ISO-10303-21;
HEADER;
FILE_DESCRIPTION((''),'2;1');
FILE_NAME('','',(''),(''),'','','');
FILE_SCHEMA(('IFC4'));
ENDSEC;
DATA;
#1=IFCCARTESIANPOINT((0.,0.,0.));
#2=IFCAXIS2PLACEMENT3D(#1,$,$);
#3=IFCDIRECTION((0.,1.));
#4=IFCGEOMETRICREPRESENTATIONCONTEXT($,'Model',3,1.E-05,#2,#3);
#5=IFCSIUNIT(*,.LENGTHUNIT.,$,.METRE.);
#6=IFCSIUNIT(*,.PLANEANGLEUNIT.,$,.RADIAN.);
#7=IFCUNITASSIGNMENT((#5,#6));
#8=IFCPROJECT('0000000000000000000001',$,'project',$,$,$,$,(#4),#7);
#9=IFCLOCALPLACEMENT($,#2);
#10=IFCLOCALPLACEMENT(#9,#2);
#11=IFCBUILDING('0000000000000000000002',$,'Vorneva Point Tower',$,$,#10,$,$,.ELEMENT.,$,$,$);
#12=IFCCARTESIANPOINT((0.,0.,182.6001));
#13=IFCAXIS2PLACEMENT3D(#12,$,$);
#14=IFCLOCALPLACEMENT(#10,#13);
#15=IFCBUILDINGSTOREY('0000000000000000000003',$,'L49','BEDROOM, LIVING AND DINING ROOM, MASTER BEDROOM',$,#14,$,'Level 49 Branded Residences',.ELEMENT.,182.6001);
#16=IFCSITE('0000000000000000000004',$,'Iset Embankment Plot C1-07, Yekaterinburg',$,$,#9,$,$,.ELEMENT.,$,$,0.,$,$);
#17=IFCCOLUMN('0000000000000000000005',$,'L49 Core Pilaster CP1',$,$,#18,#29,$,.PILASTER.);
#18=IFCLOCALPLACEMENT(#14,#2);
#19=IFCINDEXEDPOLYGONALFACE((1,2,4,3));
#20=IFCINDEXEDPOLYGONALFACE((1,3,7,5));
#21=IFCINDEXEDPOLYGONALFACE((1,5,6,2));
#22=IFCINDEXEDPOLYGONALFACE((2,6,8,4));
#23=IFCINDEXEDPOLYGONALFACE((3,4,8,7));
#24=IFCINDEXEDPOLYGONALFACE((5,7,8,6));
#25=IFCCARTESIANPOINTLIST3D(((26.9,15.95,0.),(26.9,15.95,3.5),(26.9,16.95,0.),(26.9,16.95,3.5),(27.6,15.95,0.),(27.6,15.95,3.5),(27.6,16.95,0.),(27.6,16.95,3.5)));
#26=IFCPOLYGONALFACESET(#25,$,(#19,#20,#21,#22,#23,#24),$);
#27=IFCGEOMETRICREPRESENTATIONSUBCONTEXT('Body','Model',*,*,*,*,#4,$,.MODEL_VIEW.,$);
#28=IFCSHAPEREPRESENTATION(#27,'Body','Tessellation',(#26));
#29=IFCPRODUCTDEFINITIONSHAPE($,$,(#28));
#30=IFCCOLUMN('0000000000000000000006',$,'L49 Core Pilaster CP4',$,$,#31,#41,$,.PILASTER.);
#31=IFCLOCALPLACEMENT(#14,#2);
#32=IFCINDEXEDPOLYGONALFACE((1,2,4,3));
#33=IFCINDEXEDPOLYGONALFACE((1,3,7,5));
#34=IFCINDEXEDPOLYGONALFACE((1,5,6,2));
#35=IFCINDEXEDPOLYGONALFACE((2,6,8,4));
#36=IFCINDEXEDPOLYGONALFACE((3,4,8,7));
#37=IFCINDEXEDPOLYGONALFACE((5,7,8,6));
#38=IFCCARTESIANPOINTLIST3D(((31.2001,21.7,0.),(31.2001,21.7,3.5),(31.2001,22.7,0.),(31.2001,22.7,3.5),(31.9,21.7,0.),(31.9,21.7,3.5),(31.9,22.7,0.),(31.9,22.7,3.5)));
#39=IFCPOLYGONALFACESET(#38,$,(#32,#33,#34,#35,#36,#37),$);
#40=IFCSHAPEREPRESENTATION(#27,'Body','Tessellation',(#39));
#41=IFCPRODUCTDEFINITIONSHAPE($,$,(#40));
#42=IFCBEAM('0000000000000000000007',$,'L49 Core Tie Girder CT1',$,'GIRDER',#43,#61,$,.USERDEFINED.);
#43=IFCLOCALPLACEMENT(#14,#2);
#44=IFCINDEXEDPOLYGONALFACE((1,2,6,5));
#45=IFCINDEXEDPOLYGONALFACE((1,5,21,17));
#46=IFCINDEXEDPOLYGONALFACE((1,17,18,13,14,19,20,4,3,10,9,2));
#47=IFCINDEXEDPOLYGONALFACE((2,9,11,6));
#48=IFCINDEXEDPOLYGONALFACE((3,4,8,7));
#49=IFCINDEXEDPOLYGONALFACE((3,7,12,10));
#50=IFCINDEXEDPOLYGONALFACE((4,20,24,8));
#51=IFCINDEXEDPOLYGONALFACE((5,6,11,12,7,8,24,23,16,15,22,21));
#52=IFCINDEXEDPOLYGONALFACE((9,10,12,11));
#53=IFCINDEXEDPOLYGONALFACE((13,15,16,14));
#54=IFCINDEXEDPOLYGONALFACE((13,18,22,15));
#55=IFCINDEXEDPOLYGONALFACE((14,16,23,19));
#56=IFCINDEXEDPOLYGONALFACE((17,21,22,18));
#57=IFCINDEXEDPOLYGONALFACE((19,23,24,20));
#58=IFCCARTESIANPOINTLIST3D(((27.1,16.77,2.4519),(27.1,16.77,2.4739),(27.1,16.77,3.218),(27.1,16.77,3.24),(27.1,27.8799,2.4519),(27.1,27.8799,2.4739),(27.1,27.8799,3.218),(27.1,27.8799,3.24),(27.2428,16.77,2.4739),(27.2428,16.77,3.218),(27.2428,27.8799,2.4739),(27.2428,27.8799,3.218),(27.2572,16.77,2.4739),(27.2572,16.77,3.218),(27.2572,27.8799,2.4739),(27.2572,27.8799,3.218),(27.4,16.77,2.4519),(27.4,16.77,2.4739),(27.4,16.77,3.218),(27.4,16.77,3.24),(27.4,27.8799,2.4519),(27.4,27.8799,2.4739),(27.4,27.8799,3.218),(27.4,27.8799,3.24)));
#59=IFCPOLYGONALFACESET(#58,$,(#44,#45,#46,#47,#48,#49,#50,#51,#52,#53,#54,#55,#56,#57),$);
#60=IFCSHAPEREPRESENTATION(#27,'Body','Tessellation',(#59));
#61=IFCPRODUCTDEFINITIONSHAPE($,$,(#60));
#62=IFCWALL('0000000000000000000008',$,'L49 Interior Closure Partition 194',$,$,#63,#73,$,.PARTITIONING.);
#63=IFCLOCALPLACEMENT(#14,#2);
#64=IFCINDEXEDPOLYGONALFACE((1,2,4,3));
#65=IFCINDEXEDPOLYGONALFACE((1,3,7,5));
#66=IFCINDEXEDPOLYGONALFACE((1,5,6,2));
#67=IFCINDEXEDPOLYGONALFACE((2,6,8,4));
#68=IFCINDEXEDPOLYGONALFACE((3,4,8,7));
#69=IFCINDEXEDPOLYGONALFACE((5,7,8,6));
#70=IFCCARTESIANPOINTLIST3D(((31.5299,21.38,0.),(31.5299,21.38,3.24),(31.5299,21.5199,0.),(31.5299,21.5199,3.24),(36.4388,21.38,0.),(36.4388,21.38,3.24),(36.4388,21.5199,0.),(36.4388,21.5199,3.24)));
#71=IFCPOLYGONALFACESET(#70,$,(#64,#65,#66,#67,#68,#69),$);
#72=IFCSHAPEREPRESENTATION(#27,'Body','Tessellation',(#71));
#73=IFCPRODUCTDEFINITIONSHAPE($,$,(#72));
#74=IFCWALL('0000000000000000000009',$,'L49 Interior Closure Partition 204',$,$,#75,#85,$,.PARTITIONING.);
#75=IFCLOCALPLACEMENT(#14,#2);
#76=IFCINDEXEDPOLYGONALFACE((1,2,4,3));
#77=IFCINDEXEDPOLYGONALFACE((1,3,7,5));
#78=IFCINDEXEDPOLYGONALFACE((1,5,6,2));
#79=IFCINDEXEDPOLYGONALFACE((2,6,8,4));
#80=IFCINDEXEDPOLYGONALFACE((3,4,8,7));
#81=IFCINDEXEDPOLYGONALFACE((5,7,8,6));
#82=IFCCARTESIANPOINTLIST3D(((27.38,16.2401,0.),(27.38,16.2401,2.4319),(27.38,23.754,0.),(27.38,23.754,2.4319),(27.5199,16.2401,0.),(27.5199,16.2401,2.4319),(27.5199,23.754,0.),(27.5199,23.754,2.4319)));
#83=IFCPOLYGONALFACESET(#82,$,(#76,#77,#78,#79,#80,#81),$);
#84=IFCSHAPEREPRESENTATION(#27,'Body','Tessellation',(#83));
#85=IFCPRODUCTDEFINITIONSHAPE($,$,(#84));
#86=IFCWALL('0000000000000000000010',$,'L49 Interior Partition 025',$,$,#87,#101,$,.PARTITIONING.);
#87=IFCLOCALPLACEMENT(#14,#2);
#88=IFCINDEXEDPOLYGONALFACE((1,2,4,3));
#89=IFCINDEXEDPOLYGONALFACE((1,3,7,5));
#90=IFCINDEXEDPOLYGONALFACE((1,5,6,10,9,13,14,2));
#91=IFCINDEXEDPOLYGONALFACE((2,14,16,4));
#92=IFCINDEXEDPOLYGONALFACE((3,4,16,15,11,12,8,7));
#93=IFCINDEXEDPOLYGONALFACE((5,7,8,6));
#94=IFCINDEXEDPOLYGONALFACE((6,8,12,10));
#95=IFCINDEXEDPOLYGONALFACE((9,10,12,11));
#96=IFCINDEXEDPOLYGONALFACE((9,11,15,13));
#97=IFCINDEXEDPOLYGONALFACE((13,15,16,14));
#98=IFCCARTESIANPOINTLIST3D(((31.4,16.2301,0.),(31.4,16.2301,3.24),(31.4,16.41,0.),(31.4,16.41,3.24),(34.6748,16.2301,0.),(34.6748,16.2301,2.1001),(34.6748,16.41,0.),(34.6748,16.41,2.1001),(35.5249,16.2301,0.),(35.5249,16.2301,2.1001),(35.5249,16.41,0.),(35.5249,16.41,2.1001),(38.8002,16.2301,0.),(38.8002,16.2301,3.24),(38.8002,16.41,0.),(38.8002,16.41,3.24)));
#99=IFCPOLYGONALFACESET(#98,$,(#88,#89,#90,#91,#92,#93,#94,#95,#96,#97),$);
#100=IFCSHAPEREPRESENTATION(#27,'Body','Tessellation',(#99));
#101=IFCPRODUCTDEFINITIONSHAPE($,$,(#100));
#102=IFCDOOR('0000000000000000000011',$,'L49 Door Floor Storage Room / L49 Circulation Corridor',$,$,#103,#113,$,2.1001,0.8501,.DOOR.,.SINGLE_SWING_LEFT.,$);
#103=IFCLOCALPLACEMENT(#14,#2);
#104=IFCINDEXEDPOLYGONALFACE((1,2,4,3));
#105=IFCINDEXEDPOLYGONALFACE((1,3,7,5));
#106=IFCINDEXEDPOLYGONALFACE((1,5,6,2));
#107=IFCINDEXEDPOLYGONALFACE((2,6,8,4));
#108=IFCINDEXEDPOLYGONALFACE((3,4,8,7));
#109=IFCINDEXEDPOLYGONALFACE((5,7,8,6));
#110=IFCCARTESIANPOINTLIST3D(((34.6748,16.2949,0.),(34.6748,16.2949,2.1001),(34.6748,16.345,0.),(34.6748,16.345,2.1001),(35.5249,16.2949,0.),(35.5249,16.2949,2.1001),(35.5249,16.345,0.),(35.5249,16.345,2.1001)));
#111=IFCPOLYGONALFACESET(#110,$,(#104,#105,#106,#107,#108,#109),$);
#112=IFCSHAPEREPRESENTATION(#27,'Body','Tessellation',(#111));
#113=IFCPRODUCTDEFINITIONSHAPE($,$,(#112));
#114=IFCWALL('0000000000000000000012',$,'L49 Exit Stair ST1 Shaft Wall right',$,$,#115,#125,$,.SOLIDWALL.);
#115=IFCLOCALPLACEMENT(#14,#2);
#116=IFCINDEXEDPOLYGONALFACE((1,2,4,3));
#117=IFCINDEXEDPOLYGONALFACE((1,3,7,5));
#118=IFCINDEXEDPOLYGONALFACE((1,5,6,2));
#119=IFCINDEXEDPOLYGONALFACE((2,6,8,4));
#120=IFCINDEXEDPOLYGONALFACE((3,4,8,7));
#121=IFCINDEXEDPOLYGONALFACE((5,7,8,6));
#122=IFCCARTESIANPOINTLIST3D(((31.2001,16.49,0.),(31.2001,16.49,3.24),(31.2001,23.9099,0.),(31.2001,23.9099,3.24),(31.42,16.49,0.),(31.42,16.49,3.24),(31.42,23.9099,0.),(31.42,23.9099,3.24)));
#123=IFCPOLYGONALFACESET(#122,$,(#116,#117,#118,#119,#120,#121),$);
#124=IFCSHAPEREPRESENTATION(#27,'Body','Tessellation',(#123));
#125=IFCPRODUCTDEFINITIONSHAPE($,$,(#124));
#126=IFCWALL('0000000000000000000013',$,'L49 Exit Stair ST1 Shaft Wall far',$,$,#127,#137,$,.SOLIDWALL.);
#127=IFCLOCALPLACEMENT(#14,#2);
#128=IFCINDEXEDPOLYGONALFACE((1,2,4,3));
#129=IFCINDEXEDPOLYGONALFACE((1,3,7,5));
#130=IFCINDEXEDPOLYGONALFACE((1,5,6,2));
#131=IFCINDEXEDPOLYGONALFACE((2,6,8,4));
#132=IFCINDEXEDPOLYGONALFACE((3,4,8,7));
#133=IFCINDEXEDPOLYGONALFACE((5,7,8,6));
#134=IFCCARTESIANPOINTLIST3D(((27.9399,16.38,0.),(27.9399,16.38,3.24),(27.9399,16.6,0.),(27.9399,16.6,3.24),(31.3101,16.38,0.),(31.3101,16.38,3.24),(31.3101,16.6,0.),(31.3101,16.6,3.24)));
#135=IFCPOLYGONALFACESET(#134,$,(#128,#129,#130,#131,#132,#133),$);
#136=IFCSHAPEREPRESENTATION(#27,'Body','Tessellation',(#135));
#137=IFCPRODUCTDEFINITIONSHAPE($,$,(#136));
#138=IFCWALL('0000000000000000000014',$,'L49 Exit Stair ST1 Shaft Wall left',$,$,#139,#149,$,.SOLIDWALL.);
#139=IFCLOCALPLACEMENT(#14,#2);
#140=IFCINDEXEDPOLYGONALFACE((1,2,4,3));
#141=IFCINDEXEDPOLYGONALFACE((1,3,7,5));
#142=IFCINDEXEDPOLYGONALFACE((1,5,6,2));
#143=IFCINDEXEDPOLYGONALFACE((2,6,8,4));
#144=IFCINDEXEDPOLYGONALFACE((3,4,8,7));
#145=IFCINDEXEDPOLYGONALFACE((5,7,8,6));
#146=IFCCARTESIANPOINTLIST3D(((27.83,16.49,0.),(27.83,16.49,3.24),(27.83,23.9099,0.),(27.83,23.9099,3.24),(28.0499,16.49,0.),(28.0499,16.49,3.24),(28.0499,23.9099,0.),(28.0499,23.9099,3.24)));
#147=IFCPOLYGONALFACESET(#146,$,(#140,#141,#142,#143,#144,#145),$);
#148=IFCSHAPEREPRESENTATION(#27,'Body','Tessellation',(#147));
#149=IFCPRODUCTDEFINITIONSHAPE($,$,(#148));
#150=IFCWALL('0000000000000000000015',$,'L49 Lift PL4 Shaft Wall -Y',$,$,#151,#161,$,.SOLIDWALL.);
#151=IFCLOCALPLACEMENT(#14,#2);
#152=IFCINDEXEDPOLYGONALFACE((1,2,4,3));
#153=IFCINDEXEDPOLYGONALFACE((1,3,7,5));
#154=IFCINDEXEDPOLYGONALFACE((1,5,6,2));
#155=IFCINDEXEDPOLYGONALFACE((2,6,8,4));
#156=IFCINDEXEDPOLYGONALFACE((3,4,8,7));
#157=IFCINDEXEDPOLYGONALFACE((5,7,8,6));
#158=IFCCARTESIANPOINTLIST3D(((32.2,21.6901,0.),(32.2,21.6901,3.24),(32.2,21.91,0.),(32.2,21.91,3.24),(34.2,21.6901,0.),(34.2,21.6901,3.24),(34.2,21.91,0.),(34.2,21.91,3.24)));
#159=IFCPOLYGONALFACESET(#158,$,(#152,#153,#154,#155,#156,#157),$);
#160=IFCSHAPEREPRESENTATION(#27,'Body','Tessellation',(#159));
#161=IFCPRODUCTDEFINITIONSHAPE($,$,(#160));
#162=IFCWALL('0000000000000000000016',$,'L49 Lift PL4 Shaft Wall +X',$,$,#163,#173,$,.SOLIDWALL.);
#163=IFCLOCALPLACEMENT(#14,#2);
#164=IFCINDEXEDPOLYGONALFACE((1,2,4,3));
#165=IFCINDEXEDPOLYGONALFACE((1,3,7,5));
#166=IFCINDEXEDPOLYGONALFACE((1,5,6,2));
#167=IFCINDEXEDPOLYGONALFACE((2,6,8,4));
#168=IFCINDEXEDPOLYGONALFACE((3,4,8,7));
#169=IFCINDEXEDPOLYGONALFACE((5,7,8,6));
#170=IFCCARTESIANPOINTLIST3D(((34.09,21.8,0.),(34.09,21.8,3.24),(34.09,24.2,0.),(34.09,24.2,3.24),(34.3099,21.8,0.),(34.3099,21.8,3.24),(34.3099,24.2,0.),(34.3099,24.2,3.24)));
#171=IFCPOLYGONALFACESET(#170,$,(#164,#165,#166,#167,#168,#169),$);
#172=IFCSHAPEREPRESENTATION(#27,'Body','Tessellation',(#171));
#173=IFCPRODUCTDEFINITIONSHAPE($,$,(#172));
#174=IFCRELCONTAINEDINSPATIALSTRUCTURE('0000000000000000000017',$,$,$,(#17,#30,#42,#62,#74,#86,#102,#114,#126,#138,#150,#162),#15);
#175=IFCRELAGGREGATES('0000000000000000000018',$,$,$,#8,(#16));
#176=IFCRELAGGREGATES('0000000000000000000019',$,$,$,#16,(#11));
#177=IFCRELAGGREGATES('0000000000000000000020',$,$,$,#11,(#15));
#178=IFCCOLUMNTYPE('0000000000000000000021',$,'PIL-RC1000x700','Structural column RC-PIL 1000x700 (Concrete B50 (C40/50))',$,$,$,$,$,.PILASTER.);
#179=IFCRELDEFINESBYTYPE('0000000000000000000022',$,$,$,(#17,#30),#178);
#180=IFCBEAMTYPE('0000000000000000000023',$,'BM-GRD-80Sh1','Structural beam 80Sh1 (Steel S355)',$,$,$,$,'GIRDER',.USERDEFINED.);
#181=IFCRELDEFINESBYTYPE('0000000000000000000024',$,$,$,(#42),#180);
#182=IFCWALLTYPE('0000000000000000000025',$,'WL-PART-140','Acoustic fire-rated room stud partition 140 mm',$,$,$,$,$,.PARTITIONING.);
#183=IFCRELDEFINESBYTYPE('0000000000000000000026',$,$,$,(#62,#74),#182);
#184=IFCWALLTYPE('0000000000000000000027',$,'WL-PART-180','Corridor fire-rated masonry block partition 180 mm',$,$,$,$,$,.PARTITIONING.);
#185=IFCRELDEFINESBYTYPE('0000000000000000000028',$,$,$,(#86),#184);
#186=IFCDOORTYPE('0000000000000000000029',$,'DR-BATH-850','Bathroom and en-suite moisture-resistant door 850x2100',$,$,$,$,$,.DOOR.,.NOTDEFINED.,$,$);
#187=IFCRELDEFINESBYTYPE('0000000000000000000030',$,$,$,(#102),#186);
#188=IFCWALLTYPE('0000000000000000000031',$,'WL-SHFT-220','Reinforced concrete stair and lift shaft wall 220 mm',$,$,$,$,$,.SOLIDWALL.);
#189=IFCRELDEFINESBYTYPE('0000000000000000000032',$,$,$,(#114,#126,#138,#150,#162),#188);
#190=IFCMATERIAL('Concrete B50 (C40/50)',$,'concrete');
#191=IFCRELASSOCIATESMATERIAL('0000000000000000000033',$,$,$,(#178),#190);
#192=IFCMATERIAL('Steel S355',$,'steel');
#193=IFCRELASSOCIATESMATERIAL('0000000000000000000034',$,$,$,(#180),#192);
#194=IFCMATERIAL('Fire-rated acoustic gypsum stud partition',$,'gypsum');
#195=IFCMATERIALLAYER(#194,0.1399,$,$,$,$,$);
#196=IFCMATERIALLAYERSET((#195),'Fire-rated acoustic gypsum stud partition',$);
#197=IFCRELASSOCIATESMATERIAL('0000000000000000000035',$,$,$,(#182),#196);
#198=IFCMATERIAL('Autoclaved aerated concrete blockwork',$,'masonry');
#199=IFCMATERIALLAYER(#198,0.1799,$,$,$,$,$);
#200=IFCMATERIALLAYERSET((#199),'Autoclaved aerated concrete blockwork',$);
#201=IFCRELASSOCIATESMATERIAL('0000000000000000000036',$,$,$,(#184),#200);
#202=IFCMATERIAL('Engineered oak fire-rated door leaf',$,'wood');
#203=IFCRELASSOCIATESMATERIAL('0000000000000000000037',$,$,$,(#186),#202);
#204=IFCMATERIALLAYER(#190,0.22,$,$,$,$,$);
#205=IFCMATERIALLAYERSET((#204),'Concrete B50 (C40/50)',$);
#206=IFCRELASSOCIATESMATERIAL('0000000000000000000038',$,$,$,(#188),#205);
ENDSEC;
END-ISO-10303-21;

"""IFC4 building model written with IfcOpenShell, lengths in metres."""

from ifc_helpers import new_model, si_unit, direction, frame, frame_2d, origin, origin_2d, place, context, subcontext, project, spatial, rectangle, i_section, extrude, material, layer, layer_set, material_profile, profile_set, type_object, element, fill, save


model = new_model("IFC4")

# Units and contexts
model_context = context("Model", 3, precision=1e-05, world=origin(), true_north=direction((0.0, 1.0)))
body_context = subcontext(model_context, "Body", "Model", "MODEL_VIEW")
ifc_project = project(units=[si_unit("LENGTHUNIT", "METRE"), si_unit("PLANEANGLEUNIT", "RADIAN")], contexts=[model_context])

# Site, building, storey
site_placement = place(None, origin())
site = spatial("IfcSite", under=ifc_project, at=site_placement, Name="Iset Embankment Plot C1-07, Yekaterinburg", CompositionType="ELEMENT", RefElevation=0.0)
building_placement = place(site_placement, origin())
building = spatial("IfcBuilding", under=site, at=building_placement, Name="Vorneva Point Tower", CompositionType="ELEMENT")
storey_placement = place(building_placement, frame((0.0, 0.0, 182.6001)))
storey = spatial("IfcBuildingStorey", under=building, at=storey_placement, Name="L49", Description="BEDROOM, LIVING AND DINING ROOM, MASTER BEDROOM", LongName="Level 49 Branded Residences", CompositionType="ELEMENT", Elevation=182.6001)

# Columns
ifc_material_1 = material(Name="Concrete B50 (C40/50)", Category="concrete")
ifc_material_profile_1 = material_profile(ifc_material_1, rectangle(XDim=0.7, YDim=1.0, at=origin_2d()), Name="RC-PIL 1000x700")
ifc_profile_set_1 = profile_set([ifc_material_profile_1], Name="Concrete B50 (C40/50)")
column_type = type_object("IfcColumnType", Name="PIL-RC1000x700", Description="Structural column RC-PIL 1000x700 (Concrete B50 (C40/50))", PredefinedType="PILASTER", material=ifc_profile_set_1)
for number, where, z_axis, x_axis, name in (
    (1, (27.25, 16.45, 0.0), (0.0, 0.0, 1.0), (1.0, 0.0, 0.0), "L49 Core Pilaster CP1"),
    (2, (31.55, 22.2, 0.0), (0.0, 0.0, 1.0), (1.0, 0.0, 0.0), "L49 Core Pilaster CP4"),
):
    element("IfcColumn", number, at=place(storey_placement, frame(where, z_axis=z_axis, x_axis=x_axis)), inside=storey, type_object=column_type, Name=name, PredefinedType="PILASTER", context=body_context, shape_type="SweptSolid", body=[
        extrude(rectangle(XDim=0.7, YDim=1.0, at=origin_2d()), origin(), (0.0, 0.0, 1.0), 3.5),
    ])

# Beam
ifc_material_2 = material(Name="Steel S355", Category="steel")
ifc_material_profile_2 = material_profile(ifc_material_2, i_section(OverallWidth=0.3, OverallDepth=0.7881, WebThickness=0.0144, FlangeThickness=0.022, at=origin_2d()), Name="80Sh1")
ifc_profile_set_2 = profile_set([ifc_material_profile_2], Name="Steel S355")
beam_type = type_object("IfcBeamType", Name="BM-GRD-80Sh1", Description="Structural beam 80Sh1 (Steel S355)", ElementType="GIRDER", PredefinedType="USERDEFINED", material=ifc_profile_set_2)
beam_placement = place(storey_placement, frame((27.25, 16.77, 2.8459), z_axis=(0.0, 1.0, 0.0), x_axis=(-1.0, 0.0, 0.0)))
element("IfcBeam", 3, at=beam_placement, inside=storey, type_object=beam_type, Name="L49 Core Tie Girder CT1", ObjectType="GIRDER", PredefinedType="USERDEFINED", context=body_context, shape_type="SweptSolid", body=[
    extrude(i_section(OverallWidth=0.3, OverallDepth=0.7881, WebThickness=0.0144, FlangeThickness=0.022, at=origin_2d()), origin(), (0.0, 0.0, 1.0), 11.1099),
])

# Walls
ifc_material_3 = material(Name="Fire-rated acoustic gypsum stud partition", Category="gypsum")
ifc_layer_1 = layer(ifc_material_3, 0.1399)
ifc_layer_set_1 = layer_set([ifc_layer_1], Name="Fire-rated acoustic gypsum stud partition")
wall_type_1 = type_object("IfcWallType", Name="WL-PART-140", Description="Acoustic fire-rated room stud partition 140 mm", PredefinedType="PARTITIONING", material=ifc_layer_set_1)
wall_1_placement = place(storey_placement, frame((36.439, 21.45, 0.0), z_axis=(0.0, 0.0, 1.0), x_axis=(-1.0, 0.0, 0.0)))
element("IfcWall", 4, at=wall_1_placement, inside=storey, type_object=wall_type_1, Name="L49 Interior Closure Partition 194", PredefinedType="PARTITIONING", context=body_context, shape_type="SweptSolid", body=[
    extrude(rectangle(XDim=4.9089, YDim=0.1399, at=frame_2d((2.4546, 0.0))), origin(), (0.0, 0.0, 1.0), 3.24),
])
wall_2_placement = place(storey_placement, frame((27.45, 23.7539, 0.0), z_axis=(0.0, 0.0, 1.0), x_axis=(0.0, -1.0, 0.0)))
element("IfcWall", 5, at=wall_2_placement, inside=storey, type_object=wall_type_1, Name="L49 Interior Closure Partition 204", PredefinedType="PARTITIONING", context=body_context, shape_type="SweptSolid", body=[
    extrude(rectangle(XDim=7.5139, YDim=0.1399, at=frame_2d((3.7568, 0.0))), origin(), (0.0, 0.0, 1.0), 2.4319),
])

# Wall, opening, door
ifc_material_4 = material(Name="Autoclaved aerated concrete blockwork", Category="masonry")
ifc_layer_2 = layer(ifc_material_4, 0.1799)
ifc_layer_set_2 = layer_set([ifc_layer_2], Name="Autoclaved aerated concrete blockwork")
wall_type_2 = type_object("IfcWallType", Name="WL-PART-180", Description="Corridor fire-rated masonry block partition 180 mm", PredefinedType="PARTITIONING", material=ifc_layer_set_2)
wall_3_placement = place(storey_placement, frame((31.3999, 16.3201, 0.0), z_axis=(0.0, 0.0, 1.0), x_axis=(1.0, 0.0, 0.0)))
wall_3 = element("IfcWall", 6, at=wall_3_placement, inside=storey, type_object=wall_type_2, Name="L49 Interior Partition 025", PredefinedType="PARTITIONING", context=body_context, shape_type="SweptSolid", body=[
    extrude(rectangle(XDim=7.4001, YDim=0.1799, at=frame_2d((3.7002, 0.0))), origin(), (0.0, 0.0, 1.0), 3.24),
])
opening_1_placement = place(wall_3_placement, frame((3.2749, 0.0, 0.0)))
opening_1 = element("IfcOpeningElement", 7, at=opening_1_placement, cuts=wall_3, PredefinedType="OPENING", context=body_context, shape_type="SweptSolid", body=[
    extrude(rectangle(XDim=0.8501, YDim=2.1001, at=frame_2d((0.425, 1.05))), frame((0.0, 0.105, 0.0), z_axis=(0.0, -1.0, 0.0), x_axis=(1.0, 0.0, 0.0)), (0.0, 0.0, 1.0), 0.2097),
])
ifc_material_5 = material(Name="Engineered oak fire-rated door leaf", Category="wood")
door_type_1 = type_object("IfcDoorType", Name="DR-BATH-850", Description="Bathroom and en-suite moisture-resistant door 850x2100", OperationType="NOTDEFINED", PredefinedType="DOOR", material=ifc_material_5)
door_1_placement = place(opening_1_placement, origin())
door_1 = element("IfcDoor", 8, at=door_1_placement, inside=storey, type_object=door_type_1, Name="L49 Door Floor Storage Room / L49 Circulation Corridor", OperationType="SINGLE_SWING_LEFT", OverallHeight=2.1001, OverallWidth=0.8501, PredefinedType="DOOR", context=body_context, shape_type="SweptSolid", body=[
    extrude(rectangle(XDim=0.8501, YDim=2.1001, at=frame_2d((0.425, 1.05))), frame((0.0, 0.0249, 0.0), z_axis=(0.0, -1.0, 0.0), x_axis=(1.0, 0.0, 0.0)), (0.0, 0.0, 1.0), 0.05),
])
fill(opening_1, door_1)
ifc_layer_3 = layer(ifc_material_1, 0.22)
ifc_layer_set_3 = layer_set([ifc_layer_3], Name="Concrete B50 (C40/50)")
wall_type_3 = type_object("IfcWallType", Name="WL-SHFT-220", Description="Reinforced concrete stair and lift shaft wall 220 mm", PredefinedType="SOLIDWALL", material=ifc_layer_set_3)

# Walls
wall_4_placement = place(storey_placement, frame((31.3101, 23.9099, 0.0), z_axis=(0.0, 0.0, 1.0), x_axis=(0.0, -1.0, 0.0)))
element("IfcWall", 9, at=wall_4_placement, inside=storey, type_object=wall_type_3, Name="L49 Exit Stair ST1 Shaft Wall right", PredefinedType="SOLIDWALL", context=body_context, shape_type="SweptSolid", body=[
    extrude(rectangle(XDim=7.4199, YDim=0.22, at=frame_2d((3.71, 0.0))), origin(), (0.0, 0.0, 1.0), 3.24),
])
wall_5_placement = place(storey_placement, frame((31.3101, 16.49, 0.0), z_axis=(0.0, 0.0, 1.0), x_axis=(-1.0, 0.0, 0.0)))
element("IfcWall", 10, at=wall_5_placement, inside=storey, type_object=wall_type_3, Name="L49 Exit Stair ST1 Shaft Wall far", PredefinedType="SOLIDWALL", context=body_context, shape_type="SweptSolid", body=[
    extrude(rectangle(XDim=3.3701, YDim=0.22, at=frame_2d((1.6851, 0.0))), origin(), (0.0, 0.0, 1.0), 3.24),
])
wall_6_placement = place(storey_placement, frame((27.9399, 16.49, 0.0), z_axis=(0.0, 0.0, 1.0), x_axis=(0.0, 1.0, 0.0)))
element("IfcWall", 11, at=wall_6_placement, inside=storey, type_object=wall_type_3, Name="L49 Exit Stair ST1 Shaft Wall left", PredefinedType="SOLIDWALL", context=body_context, shape_type="SweptSolid", body=[
    extrude(rectangle(XDim=7.4199, YDim=0.22, at=frame_2d((3.71, 0.0))), origin(), (0.0, 0.0, 1.0), 3.24),
])
wall_7_placement = place(storey_placement, frame((32.2, 21.8, 0.0), z_axis=(0.0, 0.0, 1.0), x_axis=(1.0, 0.0, 0.0)))
element("IfcWall", 12, at=wall_7_placement, inside=storey, type_object=wall_type_3, Name="L49 Lift PL4 Shaft Wall -Y", PredefinedType="SOLIDWALL", context=body_context, shape_type="SweptSolid", body=[
    extrude(rectangle(XDim=2.0, YDim=0.22, at=frame_2d((1.0, 0.0))), origin(), (0.0, 0.0, 1.0), 3.24),
])
wall_8_placement = place(storey_placement, frame((34.2, 21.8, 0.0), z_axis=(0.0, 0.0, 1.0), x_axis=(0.0, 1.0, 0.0)))
element("IfcWall", 13, at=wall_8_placement, inside=storey, type_object=wall_type_3, Name="L49 Lift PL4 Shaft Wall +X", PredefinedType="SOLIDWALL", context=body_context, shape_type="SweptSolid", body=[
    extrude(rectangle(XDim=2.3999, YDim=0.22, at=frame_2d((1.2, 0.0))), origin(), (0.0, 0.0, 1.0), 3.24),
])

save(model, "model.ifc")
